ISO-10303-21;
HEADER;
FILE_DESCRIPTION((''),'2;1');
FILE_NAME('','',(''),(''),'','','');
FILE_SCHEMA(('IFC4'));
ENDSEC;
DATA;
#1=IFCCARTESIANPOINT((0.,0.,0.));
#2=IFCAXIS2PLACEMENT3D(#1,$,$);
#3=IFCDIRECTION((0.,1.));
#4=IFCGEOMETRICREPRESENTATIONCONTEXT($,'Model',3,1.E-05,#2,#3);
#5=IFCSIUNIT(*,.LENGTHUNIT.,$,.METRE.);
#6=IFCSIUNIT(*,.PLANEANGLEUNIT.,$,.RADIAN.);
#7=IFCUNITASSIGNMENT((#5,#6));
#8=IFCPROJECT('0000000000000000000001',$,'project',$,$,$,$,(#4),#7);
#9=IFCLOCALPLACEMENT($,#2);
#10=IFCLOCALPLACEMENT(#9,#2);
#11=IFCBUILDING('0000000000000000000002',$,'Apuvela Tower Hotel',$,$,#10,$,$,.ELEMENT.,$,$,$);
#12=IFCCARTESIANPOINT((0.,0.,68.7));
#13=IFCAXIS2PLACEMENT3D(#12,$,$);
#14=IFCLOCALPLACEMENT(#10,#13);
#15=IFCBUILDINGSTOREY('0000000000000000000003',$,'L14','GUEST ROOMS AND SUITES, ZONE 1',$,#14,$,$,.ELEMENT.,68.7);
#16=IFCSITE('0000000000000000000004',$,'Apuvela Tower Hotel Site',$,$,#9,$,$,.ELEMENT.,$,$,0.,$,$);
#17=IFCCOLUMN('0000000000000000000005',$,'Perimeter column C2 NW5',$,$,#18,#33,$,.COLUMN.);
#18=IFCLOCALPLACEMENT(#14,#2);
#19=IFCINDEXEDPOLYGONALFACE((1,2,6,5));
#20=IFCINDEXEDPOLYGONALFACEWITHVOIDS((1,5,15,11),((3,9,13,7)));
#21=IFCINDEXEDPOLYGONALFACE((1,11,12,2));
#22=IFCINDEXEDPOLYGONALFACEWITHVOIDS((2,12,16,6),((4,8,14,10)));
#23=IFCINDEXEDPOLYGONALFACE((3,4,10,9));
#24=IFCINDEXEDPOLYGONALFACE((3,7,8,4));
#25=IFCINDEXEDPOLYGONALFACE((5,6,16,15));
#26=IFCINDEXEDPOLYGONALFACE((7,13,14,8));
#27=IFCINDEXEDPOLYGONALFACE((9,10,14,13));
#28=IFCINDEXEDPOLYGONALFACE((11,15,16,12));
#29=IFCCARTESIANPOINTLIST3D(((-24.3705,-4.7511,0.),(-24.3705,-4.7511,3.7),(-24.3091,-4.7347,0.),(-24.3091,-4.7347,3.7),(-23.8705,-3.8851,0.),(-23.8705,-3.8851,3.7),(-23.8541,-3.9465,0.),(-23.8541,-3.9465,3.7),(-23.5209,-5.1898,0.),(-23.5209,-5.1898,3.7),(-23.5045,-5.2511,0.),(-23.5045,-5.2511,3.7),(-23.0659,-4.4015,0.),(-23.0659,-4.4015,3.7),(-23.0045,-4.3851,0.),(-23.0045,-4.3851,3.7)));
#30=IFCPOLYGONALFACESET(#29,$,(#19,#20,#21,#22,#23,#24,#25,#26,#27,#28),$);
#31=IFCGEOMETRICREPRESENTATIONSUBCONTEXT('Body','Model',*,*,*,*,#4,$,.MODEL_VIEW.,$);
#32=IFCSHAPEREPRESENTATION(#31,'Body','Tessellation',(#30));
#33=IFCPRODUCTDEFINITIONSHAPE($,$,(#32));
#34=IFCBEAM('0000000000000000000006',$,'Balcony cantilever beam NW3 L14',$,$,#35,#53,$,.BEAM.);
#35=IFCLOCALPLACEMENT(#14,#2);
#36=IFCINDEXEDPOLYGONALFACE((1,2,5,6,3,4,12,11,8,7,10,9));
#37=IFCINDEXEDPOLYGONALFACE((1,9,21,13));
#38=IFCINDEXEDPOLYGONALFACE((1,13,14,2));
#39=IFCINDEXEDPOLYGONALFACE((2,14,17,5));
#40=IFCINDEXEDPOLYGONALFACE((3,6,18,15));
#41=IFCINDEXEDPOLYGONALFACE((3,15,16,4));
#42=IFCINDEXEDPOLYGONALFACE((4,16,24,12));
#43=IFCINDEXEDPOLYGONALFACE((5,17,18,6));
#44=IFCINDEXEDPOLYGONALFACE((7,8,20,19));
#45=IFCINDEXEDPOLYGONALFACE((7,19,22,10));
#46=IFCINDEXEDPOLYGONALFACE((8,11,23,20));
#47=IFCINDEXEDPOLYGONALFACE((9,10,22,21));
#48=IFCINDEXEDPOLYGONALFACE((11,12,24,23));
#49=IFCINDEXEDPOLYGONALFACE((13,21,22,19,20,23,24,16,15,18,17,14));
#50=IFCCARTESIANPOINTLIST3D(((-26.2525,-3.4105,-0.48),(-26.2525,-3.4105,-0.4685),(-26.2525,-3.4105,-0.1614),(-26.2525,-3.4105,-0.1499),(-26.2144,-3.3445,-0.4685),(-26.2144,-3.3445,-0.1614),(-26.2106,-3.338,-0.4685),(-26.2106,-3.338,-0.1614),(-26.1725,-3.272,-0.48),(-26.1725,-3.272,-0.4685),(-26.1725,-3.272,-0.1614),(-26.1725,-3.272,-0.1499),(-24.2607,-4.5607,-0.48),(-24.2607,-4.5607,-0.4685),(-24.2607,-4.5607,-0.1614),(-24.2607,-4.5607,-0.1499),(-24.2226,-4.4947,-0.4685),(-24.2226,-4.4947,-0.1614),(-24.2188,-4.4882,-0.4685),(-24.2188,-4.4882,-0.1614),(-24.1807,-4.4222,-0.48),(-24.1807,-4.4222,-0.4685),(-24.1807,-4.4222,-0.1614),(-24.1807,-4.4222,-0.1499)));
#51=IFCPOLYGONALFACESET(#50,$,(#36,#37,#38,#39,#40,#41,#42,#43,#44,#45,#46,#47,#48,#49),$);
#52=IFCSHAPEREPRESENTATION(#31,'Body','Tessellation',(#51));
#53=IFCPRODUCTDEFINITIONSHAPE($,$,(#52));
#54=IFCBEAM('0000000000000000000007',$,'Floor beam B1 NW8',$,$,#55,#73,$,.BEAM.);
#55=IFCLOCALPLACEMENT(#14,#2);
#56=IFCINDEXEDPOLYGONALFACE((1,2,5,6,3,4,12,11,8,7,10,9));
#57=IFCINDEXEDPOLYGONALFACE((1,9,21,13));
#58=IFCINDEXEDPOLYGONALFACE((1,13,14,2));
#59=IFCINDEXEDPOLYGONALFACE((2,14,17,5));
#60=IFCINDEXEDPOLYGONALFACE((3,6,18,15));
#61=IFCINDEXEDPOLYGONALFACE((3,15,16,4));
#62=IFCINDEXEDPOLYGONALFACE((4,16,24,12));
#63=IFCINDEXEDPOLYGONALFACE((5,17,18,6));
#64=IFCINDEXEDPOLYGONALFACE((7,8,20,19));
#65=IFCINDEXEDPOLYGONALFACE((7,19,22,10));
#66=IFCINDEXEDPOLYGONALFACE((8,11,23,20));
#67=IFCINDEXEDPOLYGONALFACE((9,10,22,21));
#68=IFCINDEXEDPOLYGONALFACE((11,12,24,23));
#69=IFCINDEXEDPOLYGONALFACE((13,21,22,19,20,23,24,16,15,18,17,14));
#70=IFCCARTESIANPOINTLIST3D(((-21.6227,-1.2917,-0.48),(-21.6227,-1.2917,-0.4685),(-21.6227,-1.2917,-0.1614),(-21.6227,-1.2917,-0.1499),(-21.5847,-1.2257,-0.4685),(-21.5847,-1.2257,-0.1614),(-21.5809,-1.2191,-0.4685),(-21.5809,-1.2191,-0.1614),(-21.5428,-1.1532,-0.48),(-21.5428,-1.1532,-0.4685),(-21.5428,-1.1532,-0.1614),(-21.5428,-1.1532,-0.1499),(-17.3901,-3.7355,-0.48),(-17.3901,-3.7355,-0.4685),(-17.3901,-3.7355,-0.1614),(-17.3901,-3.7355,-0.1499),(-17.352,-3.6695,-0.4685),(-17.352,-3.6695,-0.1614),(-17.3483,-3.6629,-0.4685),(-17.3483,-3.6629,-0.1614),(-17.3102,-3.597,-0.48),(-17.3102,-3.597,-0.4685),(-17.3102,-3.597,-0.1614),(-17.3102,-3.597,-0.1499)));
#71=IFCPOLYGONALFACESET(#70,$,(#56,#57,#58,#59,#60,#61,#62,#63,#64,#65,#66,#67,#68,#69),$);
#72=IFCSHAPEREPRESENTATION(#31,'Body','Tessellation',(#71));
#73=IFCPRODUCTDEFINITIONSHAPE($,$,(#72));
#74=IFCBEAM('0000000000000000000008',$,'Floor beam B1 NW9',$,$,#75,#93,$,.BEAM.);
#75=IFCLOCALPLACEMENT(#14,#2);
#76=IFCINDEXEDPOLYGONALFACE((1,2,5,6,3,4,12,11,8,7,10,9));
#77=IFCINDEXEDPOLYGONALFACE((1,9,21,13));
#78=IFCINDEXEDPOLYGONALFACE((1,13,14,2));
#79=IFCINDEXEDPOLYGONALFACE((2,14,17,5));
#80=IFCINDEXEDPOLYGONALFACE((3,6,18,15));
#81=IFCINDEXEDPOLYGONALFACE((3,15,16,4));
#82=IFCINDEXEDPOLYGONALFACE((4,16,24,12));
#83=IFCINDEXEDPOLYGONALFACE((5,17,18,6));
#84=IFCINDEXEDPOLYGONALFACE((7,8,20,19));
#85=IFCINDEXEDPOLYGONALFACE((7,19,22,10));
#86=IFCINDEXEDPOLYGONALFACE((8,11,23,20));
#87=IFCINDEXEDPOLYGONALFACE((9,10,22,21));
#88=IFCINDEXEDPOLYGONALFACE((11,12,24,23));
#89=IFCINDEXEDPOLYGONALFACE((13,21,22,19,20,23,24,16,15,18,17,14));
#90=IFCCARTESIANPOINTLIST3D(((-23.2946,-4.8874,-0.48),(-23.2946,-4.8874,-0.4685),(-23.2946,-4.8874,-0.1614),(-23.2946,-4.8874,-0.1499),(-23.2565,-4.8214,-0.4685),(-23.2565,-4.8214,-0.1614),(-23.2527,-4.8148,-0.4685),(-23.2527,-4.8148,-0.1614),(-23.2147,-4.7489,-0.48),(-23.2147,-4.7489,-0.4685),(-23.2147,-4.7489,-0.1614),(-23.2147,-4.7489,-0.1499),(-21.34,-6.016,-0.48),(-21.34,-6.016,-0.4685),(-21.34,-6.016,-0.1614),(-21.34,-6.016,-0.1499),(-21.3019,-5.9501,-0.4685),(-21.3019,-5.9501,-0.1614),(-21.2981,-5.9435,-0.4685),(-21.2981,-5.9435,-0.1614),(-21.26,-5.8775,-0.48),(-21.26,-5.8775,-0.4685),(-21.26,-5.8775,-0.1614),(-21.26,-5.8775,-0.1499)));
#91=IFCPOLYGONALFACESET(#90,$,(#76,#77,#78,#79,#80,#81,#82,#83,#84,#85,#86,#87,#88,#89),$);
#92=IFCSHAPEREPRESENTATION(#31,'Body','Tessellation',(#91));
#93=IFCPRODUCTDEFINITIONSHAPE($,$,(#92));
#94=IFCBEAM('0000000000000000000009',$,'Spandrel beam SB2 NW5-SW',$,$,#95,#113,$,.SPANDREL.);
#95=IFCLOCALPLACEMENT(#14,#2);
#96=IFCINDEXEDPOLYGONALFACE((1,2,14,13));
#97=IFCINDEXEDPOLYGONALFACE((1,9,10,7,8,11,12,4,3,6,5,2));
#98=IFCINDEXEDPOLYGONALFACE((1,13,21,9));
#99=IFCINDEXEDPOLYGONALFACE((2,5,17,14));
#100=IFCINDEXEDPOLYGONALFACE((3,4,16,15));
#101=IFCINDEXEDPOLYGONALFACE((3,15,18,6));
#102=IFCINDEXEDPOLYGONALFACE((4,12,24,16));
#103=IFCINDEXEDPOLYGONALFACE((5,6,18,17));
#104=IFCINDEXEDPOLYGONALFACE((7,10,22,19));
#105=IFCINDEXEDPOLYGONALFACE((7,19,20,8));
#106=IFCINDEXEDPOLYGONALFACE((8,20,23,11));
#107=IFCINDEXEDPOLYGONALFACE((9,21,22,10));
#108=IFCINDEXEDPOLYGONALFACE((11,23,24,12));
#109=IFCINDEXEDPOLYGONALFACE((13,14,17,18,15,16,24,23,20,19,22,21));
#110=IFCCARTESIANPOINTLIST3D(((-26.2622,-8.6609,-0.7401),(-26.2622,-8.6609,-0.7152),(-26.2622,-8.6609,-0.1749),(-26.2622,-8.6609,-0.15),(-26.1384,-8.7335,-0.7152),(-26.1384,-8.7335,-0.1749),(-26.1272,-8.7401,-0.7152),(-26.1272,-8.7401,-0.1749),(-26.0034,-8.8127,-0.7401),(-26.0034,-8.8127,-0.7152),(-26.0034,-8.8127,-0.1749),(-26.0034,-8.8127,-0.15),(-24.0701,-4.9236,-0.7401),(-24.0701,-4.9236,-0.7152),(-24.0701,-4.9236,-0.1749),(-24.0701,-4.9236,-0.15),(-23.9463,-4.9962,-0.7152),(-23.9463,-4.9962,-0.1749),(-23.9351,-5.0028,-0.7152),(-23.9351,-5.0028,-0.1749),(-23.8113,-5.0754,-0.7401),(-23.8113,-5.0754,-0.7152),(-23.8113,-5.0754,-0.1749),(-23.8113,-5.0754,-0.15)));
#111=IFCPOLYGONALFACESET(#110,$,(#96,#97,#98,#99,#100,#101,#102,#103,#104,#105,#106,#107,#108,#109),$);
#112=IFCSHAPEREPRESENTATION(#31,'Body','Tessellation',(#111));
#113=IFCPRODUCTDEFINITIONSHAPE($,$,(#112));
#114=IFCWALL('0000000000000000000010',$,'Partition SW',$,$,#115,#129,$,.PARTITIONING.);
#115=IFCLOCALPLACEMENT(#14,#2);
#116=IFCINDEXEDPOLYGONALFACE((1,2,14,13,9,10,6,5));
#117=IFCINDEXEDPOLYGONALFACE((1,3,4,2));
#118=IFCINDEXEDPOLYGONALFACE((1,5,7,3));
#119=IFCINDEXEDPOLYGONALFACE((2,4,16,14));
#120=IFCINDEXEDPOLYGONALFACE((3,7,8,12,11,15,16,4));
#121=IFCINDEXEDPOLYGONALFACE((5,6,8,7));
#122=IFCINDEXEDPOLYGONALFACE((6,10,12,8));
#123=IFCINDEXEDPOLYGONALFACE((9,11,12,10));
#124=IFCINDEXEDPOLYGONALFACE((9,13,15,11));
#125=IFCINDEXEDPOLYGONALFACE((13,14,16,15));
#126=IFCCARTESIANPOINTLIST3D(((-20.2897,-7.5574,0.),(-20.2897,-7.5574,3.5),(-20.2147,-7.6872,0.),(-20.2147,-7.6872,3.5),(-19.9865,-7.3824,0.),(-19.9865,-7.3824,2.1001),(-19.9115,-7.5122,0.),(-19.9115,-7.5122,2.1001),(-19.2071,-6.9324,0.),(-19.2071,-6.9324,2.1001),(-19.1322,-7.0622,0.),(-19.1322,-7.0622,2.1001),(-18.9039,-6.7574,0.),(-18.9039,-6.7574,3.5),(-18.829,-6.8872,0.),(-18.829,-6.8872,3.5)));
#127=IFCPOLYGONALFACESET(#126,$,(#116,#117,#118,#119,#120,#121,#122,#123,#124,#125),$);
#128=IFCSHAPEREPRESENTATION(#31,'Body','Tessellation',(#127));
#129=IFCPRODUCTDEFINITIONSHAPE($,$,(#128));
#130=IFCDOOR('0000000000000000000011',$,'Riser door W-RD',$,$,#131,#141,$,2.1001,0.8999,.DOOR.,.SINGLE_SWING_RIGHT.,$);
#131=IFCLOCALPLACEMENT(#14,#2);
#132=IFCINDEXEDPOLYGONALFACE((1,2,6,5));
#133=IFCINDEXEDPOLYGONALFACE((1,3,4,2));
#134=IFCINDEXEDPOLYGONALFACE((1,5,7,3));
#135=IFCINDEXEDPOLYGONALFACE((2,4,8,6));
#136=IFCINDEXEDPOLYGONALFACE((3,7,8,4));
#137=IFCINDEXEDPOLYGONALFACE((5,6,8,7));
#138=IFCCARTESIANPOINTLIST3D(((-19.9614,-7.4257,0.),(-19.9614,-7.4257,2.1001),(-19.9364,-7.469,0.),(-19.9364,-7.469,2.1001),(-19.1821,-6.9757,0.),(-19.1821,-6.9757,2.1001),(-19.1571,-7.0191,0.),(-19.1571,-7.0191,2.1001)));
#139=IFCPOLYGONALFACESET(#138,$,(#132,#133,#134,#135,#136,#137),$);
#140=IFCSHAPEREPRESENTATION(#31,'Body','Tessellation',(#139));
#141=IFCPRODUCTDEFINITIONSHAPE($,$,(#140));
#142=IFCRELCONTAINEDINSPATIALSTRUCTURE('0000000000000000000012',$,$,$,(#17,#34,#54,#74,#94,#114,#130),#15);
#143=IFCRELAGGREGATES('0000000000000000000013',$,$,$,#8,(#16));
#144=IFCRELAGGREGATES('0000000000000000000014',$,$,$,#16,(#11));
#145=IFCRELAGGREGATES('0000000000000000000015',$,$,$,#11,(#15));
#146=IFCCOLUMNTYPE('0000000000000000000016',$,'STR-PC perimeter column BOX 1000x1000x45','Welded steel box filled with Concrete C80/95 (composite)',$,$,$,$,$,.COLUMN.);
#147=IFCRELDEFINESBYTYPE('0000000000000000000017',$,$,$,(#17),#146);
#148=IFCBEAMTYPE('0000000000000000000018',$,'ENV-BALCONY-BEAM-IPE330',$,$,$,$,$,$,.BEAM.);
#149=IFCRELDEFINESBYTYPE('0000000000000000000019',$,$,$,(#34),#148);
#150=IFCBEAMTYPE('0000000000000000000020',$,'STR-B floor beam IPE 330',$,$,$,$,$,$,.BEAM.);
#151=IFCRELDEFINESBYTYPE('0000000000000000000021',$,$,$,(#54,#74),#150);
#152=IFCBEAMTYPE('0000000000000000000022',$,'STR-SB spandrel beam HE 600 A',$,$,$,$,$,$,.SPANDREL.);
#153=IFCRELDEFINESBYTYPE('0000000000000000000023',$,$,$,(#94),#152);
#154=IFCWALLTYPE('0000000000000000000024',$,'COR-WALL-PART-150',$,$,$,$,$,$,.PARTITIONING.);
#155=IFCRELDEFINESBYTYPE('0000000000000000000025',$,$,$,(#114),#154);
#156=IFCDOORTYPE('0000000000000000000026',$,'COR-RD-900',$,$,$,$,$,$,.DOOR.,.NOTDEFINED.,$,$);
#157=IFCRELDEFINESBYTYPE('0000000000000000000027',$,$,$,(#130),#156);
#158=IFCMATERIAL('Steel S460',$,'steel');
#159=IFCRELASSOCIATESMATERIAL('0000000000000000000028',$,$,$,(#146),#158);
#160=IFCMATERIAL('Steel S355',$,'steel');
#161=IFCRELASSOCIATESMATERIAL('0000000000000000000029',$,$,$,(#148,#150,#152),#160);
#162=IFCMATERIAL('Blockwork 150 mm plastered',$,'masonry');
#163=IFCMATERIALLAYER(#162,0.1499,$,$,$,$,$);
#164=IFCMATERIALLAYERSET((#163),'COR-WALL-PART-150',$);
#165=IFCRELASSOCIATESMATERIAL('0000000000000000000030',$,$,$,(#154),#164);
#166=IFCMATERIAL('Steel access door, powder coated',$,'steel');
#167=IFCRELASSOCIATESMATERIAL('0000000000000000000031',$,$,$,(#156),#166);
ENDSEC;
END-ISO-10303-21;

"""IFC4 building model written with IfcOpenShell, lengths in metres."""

from ifc_helpers import new_model, si_unit, direction, frame, frame_2d, origin, origin_2d, place, context, subcontext, project, spatial, rectangle, hollow_rectangle, i_section, extrude, material, layer, layer_set, material_profile, profile_set, type_object, element, fill, save


model = new_model("IFC4")

# Units and contexts
model_context = context("Model", 3, precision=1e-05, world=origin(), true_north=direction((0.0, 1.0)))
body_context = subcontext(model_context, "Body", "Model", "MODEL_VIEW")
ifc_project = project(units=[si_unit("LENGTHUNIT", "METRE"), si_unit("PLANEANGLEUNIT", "RADIAN")], contexts=[model_context])

# Site, building, storey
site_placement = place(None, origin())
site = spatial("IfcSite", under=ifc_project, at=site_placement, Name="Apuvela Tower Hotel Site", CompositionType="ELEMENT", RefElevation=0.0)
building_placement = place(site_placement, origin())
building = spatial("IfcBuilding", under=site, at=building_placement, Name="Apuvela Tower Hotel", CompositionType="ELEMENT")
storey_placement = place(building_placement, frame((0.0, 0.0, 68.7)))
storey = spatial("IfcBuildingStorey", under=building, at=storey_placement, Name="L14", Description="GUEST ROOMS AND SUITES, ZONE 1", CompositionType="ELEMENT", Elevation=68.7)

# Column
ifc_material_1 = material(Name="Steel S460", Category="steel")
ifc_material_profile_1 = material_profile(ifc_material_1, hollow_rectangle(XDim=1.0, YDim=1.0, WallThickness=0.0449, at=origin_2d()), Name="BOX 1000x1000x45")
ifc_material_2 = material(Name="Concrete C80/95", Category="concrete")
ifc_material_profile_2 = material_profile(ifc_material_2, rectangle(XDim=0.9099, YDim=0.9099, at=origin_2d()), Name="Concrete C80/95 infill")
ifc_profile_set_1 = profile_set([ifc_material_profile_1, ifc_material_profile_2], Name="Steel S460")
column_type = type_object("IfcColumnType", Name="STR-PC perimeter column BOX 1000x1000x45", Description="Welded steel box filled with Concrete C80/95 (composite)", PredefinedType="COLUMN", material=ifc_profile_set_1)
column_placement = place(storey_placement, frame((-23.6875, -4.5681, 0.0), z_axis=(0.0, 0.0, 1.0), x_axis=(0.5, 0.866025, 0.0)))
element("IfcColumn", 1, at=column_placement, inside=storey, type_object=column_type, Name="Perimeter column C2 NW5", PredefinedType="COLUMN", context=body_context, shape_type="SweptSolid", body=[
    extrude(hollow_rectangle(XDim=1.0, YDim=1.0, WallThickness=0.0449, at=origin_2d()), origin(), (0.0, 0.0, 1.0), 3.7),
])

# Beams
ifc_material_3 = material(Name="Steel S355", Category="steel")
ifc_material_profile_3 = material_profile(ifc_material_3, i_section(OverallWidth=0.1599, OverallDepth=0.3301, WebThickness=0.0076, FlangeThickness=0.0115, at=origin_2d()), Name="IPE 330")
ifc_profile_set_2 = profile_set([ifc_material_profile_3], Name="Steel S355")
beam_type_1 = type_object("IfcBeamType", Name="ENV-BALCONY-BEAM-IPE330", PredefinedType="BEAM", material=ifc_profile_set_2)
beam_1_placement = place(storey_placement, frame((-24.2207, -4.4915, -0.3149), z_axis=(-0.865981, 0.500078, 0.0), x_axis=(-0.500078, -0.865981, 0.0)))
element("IfcBeam", 2, at=beam_1_placement, inside=storey, type_object=beam_type_1, Name="Balcony cantilever beam NW3 L14", PredefinedType="BEAM", context=body_context, shape_type="SweptSolid", body=[
    extrude(i_section(OverallWidth=0.1599, OverallDepth=0.3301, WebThickness=0.0076, FlangeThickness=0.0115, at=origin_2d()), origin(), (0.0, 0.0, 1.0), 2.3),
])
ifc_material_profile_4 = material_profile(ifc_material_3, i_section(OverallWidth=0.1599, OverallDepth=0.3301, WebThickness=0.0076, FlangeThickness=0.0115, at=origin_2d()), Name="IPE 330")
ifc_profile_set_3 = profile_set([ifc_material_profile_4], Name="Steel S355")
beam_type_2 = type_object("IfcBeamType", Name="STR-B floor beam IPE 330", PredefinedType="BEAM", material=ifc_profile_set_3)
beam_2_placement = place(storey_placement, frame((-21.5828, -1.2224, -0.3149), z_axis=(0.866015, -0.500018, 0.0), x_axis=(0.500018, 0.866015, 0.0)))
element("IfcBeam", 3, at=beam_2_placement, inside=storey, type_object=beam_type_2, Name="Floor beam B1 NW8", PredefinedType="BEAM", context=body_context, shape_type="SweptSolid", body=[
    extrude(i_section(OverallWidth=0.1599, OverallDepth=0.3301, WebThickness=0.0076, FlangeThickness=0.0115, at=origin_2d()), origin(), (0.0, 0.0, 1.0), 4.8875),
])
beam_3_placement = place(storey_placement, frame((-23.2546, -4.8181, -0.3149), z_axis=(0.865991, -0.50006, 0.0), x_axis=(0.50006, 0.865991, 0.0)))
element("IfcBeam", 4, at=beam_3_placement, inside=storey, type_object=beam_type_2, Name="Floor beam B1 NW9", PredefinedType="BEAM", context=body_context, shape_type="SweptSolid", body=[
    extrude(i_section(OverallWidth=0.1599, OverallDepth=0.3301, WebThickness=0.0076, FlangeThickness=0.0115, at=origin_2d()), origin(), (0.0, 0.0, 1.0), 2.2571),
])
ifc_material_profile_5 = material_profile(ifc_material_3, i_section(OverallWidth=0.3, OverallDepth=0.5901, WebThickness=0.0129, FlangeThickness=0.0249, at=origin_2d()), Name="HE 600 A")
ifc_profile_set_4 = profile_set([ifc_material_profile_5], Name="Steel S355")
beam_type_3 = type_object("IfcBeamType", Name="STR-SB spandrel beam HE 600 A", PredefinedType="SPANDREL", material=ifc_profile_set_4)
beam_4_placement = place(storey_placement, frame((-23.9407, -4.9995, -0.4451), z_axis=(-0.505944, -0.862567, 0.0), x_axis=(0.862567, -0.505944, 0.0)))
element("IfcBeam", 5, at=beam_4_placement, inside=storey, type_object=beam_type_3, Name="Spandrel beam SB2 NW5-SW", PredefinedType="SPANDREL", context=body_context, shape_type="SweptSolid", body=[
    extrude(i_section(OverallWidth=0.3, OverallDepth=0.5901, WebThickness=0.0129, FlangeThickness=0.0249, at=origin_2d()), origin(), (0.0, 0.0, 1.0), 4.3328),
])

# Wall, opening, door
ifc_material_4 = material(Name="Blockwork 150 mm plastered", Category="masonry")
ifc_layer_1 = layer(ifc_material_4, 0.1499)
ifc_layer_set_1 = layer_set([ifc_layer_1], Name="COR-WALL-PART-150")
wall_type_1 = type_object("IfcWallType", Name="COR-WALL-PART-150", PredefinedType="PARTITIONING", material=ifc_layer_set_1)
wall_1_placement = place(storey_placement, frame((-18.8665, -6.8223, 0.0), z_axis=(0.0, 0.0, 1.0), x_axis=(-0.866028, -0.499995, 0.0)))
wall_1 = element("IfcWall", 6, at=wall_1_placement, inside=storey, type_object=wall_type_1, Name="Partition SW", PredefinedType="PARTITIONING", context=body_context, shape_type="SweptSolid", body=[
    extrude(rectangle(XDim=1.6001, YDim=0.1499, at=frame_2d((0.8, 0.0))), origin(), (0.0, 0.0, 1.0), 3.5),
])
opening_1_placement = place(wall_1_placement, frame((0.3501, 0.0, 0.0)))
opening_1 = element("IfcOpeningElement", 7, at=opening_1_placement, cuts=wall_1, PredefinedType="OPENING", context=body_context, shape_type="SweptSolid", body=[
    extrude(rectangle(XDim=0.8999, YDim=2.1001, at=frame_2d((0.45, 1.05))), frame((0.0, 0.085, 0.0), z_axis=(0.0, -1.0, 0.0), x_axis=(1.0, 0.0, 0.0)), (0.0, 0.0, 1.0), 0.1699),
])
ifc_material_5 = material(Name="Steel access door, powder coated", Category="steel")
door_type_1 = type_object("IfcDoorType", Name="COR-RD-900", OperationType="NOTDEFINED", PredefinedType="DOOR", material=ifc_material_5)
door_1_placement = place(opening_1_placement, frame((0.8999, 0.0, 0.0), z_axis=(0.0, 0.0, 1.0), x_axis=(-1.0, 0.0, 0.0)))
door_1 = element("IfcDoor", 8, at=door_1_placement, inside=storey, type_object=door_type_1, Name="Riser door W-RD", OperationType="SINGLE_SWING_RIGHT", OverallHeight=2.1001, OverallWidth=0.8999, PredefinedType="DOOR", context=body_context, shape_type="SweptSolid", body=[
    extrude(rectangle(XDim=0.8999, YDim=2.1001, at=frame_2d((0.45, 1.05))), frame((0.0, 0.0249, 0.0), z_axis=(0.0, -1.0, 0.0), x_axis=(1.0, 0.0, 0.0)), (0.0, 0.0, 1.0), 0.05),
])
fill(opening_1, door_1)

save(model, "model.ifc")
